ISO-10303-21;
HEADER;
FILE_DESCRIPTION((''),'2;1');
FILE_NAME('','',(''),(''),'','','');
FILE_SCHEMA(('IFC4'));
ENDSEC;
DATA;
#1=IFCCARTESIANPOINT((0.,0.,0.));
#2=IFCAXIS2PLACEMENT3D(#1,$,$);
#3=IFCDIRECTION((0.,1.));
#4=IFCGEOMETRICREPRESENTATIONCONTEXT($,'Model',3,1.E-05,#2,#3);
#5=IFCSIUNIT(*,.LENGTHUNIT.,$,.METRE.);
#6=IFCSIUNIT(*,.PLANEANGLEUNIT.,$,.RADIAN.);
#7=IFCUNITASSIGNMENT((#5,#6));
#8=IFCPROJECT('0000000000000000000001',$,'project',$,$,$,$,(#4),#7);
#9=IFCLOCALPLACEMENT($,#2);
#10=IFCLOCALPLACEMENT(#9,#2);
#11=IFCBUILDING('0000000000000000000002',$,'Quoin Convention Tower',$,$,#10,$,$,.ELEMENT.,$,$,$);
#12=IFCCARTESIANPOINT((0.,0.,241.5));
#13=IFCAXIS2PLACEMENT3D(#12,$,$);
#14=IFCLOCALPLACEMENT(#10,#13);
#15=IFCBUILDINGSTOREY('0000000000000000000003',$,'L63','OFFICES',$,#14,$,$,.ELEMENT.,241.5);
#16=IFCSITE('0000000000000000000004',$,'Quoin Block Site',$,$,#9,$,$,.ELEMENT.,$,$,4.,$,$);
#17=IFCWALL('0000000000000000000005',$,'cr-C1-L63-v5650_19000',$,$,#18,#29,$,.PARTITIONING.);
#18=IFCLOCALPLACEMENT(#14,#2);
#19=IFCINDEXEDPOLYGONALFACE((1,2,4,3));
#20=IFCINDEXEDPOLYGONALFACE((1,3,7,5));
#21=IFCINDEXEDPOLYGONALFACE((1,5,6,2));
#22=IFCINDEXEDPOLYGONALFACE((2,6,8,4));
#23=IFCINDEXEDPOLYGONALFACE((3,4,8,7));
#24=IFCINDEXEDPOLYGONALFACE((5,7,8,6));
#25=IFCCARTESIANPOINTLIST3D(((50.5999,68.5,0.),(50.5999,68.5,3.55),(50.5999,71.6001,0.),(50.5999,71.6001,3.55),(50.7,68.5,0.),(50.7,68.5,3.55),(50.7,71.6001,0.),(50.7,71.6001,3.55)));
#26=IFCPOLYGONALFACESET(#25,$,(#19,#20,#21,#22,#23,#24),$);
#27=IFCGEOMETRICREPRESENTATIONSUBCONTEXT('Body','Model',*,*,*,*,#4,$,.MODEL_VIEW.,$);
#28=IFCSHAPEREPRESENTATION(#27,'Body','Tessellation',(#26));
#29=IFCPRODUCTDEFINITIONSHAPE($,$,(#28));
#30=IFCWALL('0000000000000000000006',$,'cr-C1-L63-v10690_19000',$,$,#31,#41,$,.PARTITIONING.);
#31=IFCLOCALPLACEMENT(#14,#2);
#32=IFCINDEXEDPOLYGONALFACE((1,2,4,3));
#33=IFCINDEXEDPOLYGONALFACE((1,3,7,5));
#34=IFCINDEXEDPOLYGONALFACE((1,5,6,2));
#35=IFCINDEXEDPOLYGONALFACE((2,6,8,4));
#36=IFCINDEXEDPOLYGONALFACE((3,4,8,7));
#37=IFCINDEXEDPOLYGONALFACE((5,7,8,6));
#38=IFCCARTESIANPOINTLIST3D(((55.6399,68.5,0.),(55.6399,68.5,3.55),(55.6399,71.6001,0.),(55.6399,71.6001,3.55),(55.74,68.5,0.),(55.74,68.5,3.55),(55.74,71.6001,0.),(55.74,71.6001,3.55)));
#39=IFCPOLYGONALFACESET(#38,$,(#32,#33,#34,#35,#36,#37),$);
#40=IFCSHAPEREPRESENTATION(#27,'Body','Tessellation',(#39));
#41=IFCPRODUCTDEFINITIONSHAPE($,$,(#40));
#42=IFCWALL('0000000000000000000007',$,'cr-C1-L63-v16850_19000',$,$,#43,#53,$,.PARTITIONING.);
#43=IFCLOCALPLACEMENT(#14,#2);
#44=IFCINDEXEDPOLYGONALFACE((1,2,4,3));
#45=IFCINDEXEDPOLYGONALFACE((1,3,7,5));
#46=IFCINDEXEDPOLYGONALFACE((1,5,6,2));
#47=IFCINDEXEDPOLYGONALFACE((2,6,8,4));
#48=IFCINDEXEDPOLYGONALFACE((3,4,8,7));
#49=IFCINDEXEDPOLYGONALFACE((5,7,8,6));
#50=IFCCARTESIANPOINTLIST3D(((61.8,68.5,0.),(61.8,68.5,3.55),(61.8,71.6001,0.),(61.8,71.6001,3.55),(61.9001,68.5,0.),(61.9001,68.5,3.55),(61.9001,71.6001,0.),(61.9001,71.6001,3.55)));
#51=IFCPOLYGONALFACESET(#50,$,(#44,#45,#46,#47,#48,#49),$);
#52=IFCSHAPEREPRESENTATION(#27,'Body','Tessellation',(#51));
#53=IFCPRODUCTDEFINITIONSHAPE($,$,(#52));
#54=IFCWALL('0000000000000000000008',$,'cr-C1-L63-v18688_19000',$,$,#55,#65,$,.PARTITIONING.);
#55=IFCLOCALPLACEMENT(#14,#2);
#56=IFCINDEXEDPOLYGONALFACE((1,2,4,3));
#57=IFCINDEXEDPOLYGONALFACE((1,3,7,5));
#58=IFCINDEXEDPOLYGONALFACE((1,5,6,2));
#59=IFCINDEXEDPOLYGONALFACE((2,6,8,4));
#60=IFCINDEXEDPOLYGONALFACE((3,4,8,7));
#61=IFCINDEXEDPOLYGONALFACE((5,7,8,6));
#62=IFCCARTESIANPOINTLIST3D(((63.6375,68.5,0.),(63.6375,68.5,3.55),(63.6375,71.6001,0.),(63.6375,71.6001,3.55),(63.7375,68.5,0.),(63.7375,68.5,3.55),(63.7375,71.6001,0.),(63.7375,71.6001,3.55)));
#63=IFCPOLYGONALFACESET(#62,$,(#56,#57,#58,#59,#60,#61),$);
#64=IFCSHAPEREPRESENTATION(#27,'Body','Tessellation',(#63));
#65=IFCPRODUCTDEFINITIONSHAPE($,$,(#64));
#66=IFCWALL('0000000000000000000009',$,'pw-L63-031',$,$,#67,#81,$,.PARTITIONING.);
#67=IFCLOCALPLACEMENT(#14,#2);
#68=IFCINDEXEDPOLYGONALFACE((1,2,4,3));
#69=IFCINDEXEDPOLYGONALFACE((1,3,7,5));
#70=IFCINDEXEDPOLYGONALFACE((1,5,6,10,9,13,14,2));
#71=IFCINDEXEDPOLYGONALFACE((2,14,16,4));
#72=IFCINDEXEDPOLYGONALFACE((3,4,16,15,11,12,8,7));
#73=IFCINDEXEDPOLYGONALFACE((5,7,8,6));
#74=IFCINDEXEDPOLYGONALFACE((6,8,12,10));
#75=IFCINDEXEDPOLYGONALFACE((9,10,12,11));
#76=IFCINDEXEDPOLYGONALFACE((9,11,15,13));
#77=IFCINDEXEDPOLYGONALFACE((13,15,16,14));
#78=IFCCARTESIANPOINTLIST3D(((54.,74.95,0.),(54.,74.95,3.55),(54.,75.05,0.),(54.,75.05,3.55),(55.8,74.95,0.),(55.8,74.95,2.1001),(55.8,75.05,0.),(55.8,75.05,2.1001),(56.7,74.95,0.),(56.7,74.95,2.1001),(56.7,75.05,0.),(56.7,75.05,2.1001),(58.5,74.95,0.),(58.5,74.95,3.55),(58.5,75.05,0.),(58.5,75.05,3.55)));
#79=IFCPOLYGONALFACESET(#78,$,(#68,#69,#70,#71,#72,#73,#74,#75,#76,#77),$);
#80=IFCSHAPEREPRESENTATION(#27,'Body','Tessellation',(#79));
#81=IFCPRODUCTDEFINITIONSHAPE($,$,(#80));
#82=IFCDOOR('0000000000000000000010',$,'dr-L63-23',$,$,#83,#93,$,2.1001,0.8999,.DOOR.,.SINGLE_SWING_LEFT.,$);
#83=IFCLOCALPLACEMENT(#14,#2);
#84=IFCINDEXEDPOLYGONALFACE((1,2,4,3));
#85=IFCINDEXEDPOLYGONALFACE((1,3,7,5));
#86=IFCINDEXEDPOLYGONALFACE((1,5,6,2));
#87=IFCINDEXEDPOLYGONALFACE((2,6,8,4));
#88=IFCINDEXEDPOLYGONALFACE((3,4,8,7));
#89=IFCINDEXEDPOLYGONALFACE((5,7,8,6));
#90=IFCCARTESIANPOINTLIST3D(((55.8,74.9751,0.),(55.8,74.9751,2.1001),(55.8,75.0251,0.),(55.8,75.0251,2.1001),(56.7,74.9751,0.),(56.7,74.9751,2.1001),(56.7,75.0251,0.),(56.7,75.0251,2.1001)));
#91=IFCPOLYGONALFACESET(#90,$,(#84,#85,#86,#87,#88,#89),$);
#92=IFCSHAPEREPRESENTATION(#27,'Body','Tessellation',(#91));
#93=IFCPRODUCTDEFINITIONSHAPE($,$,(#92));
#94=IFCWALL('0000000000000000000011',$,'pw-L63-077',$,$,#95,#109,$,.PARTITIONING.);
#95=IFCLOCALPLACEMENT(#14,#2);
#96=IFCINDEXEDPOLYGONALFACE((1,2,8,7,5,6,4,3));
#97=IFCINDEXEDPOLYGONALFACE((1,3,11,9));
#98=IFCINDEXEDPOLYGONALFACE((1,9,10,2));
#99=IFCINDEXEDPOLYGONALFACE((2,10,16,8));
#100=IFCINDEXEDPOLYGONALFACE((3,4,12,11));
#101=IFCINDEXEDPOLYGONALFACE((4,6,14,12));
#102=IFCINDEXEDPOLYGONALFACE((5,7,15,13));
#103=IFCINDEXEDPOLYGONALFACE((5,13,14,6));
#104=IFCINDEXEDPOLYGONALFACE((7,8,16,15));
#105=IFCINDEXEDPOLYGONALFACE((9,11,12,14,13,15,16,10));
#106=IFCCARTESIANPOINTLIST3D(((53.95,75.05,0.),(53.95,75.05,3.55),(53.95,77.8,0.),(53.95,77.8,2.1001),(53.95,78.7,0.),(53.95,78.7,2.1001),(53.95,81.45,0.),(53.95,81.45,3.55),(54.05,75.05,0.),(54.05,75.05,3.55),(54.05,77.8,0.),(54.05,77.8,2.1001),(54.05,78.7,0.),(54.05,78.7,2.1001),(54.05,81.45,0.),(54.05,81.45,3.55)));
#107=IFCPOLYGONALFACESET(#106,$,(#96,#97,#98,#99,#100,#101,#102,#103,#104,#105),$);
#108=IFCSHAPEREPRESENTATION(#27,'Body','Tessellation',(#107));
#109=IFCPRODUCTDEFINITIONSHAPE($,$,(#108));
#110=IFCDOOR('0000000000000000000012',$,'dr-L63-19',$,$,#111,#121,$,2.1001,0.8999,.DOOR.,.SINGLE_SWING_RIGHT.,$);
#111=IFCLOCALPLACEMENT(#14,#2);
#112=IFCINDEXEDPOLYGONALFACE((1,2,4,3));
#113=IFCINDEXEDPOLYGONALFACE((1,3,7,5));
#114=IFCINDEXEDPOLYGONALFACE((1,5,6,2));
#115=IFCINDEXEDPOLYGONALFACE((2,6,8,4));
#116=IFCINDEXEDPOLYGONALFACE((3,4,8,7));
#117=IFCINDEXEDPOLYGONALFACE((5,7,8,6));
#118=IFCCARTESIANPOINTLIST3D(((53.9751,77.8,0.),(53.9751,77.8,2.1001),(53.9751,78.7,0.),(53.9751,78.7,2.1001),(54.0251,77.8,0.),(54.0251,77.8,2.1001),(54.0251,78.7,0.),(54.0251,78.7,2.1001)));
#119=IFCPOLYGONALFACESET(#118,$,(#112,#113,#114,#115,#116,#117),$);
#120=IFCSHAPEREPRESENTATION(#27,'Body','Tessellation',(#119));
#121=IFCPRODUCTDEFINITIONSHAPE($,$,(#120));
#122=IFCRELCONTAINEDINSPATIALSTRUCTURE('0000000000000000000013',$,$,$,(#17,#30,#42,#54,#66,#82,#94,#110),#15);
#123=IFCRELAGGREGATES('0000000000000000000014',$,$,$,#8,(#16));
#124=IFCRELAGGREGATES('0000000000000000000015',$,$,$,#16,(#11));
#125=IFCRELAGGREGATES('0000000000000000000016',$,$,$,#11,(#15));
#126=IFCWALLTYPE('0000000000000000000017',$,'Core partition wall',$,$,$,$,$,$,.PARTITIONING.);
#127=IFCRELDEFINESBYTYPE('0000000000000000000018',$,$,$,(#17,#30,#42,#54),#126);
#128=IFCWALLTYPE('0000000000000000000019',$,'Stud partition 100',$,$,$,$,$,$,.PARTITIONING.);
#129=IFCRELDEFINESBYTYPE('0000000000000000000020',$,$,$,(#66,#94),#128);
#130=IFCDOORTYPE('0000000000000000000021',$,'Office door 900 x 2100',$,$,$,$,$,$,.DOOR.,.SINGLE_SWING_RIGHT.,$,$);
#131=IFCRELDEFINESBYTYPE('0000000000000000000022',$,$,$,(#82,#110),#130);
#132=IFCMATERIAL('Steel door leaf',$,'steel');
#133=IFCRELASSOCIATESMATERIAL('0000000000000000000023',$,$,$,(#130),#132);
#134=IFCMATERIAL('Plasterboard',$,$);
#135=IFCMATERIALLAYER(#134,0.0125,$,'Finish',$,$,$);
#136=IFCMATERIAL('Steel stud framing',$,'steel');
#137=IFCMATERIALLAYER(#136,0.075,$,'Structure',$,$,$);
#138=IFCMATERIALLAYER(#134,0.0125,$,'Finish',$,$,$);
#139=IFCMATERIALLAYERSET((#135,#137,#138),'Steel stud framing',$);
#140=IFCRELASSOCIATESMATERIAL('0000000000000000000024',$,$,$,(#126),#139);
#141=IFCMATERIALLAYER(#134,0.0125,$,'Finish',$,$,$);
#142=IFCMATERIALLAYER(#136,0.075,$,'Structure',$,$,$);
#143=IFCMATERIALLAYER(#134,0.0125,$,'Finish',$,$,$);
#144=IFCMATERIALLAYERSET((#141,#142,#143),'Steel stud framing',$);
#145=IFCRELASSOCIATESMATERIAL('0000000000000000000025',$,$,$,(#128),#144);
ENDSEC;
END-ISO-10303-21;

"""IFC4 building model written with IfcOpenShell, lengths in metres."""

from ifc_helpers import new_model, si_unit, direction, frame, frame_2d, origin, place, context, subcontext, project, spatial, rectangle, extrude, material, layer, layer_set, type_object, element, fill, save


model = new_model("IFC4")

# Units and contexts
model_context = context("Model", 3, precision=1e-05, world=origin(), true_north=direction((0.0, 1.0)))
body_context = subcontext(model_context, "Body", "Model", "MODEL_VIEW")
ifc_project = project(units=[si_unit("LENGTHUNIT", "METRE"), si_unit("PLANEANGLEUNIT", "RADIAN")], contexts=[model_context])

# Site, building, storey
site_placement = place(None, origin())
site = spatial("IfcSite", under=ifc_project, at=site_placement, Name="Quoin Block Site", CompositionType="ELEMENT", RefElevation=4.0)
building_placement = place(site_placement, origin())
building = spatial("IfcBuilding", under=site, at=building_placement, Name="Quoin Convention Tower", CompositionType="ELEMENT")
storey_placement = place(building_placement, frame((0.0, 0.0, 241.5)))
storey = spatial("IfcBuildingStorey", under=building, at=storey_placement, Name="L63", Description="OFFICES", CompositionType="ELEMENT", Elevation=241.5)

# Shared definitions
ifc_material_1 = material(Name="Plasterboard")
ifc_material_2 = material(Name="Steel stud framing", Category="steel")

# Shared definitions
ifc_material_3 = material(Name="Steel door leaf", Category="steel")
door_type = type_object("IfcDoorType", Name="Office door 900 x 2100", OperationType="SINGLE_SWING_RIGHT", PredefinedType="DOOR", material=ifc_material_3)

# Walls
ifc_layer_1 = layer(ifc_material_1, 0.0125, Name="Finish")
ifc_layer_2 = layer(ifc_material_2, 0.075, Name="Structure")
ifc_layer_3 = layer(ifc_material_1, 0.0125, Name="Finish")
ifc_layer_set_1 = layer_set([ifc_layer_1, ifc_layer_2, ifc_layer_3], Name="Steel stud framing")
wall_type_1 = type_object("IfcWallType", Name="Core partition wall", PredefinedType="PARTITIONING", material=ifc_layer_set_1)
for number, where, z_axis, x_axis, name in (
    (1, (50.6499, 68.5, 0.0), (0.0, 0.0, 1.0), (0.0, 1.0, 0.0), "cr-C1-L63-v5650_19000"),
    (2, (55.6899, 68.5, 0.0), (0.0, 0.0, 1.0), (0.0, 1.0, 0.0), "cr-C1-L63-v10690_19000"),
    (3, (61.8501, 68.5, 0.0), (0.0, 0.0, 1.0), (0.0, 1.0, 0.0), "cr-C1-L63-v16850_19000"),
    (4, (63.6875, 68.5, 0.0), (0.0, 0.0, 1.0), (0.0, 1.0, 0.0), "cr-C1-L63-v18688_19000"),
):
    element("IfcWall", number, at=place(storey_placement, frame(where, z_axis=z_axis, x_axis=x_axis)), inside=storey, type_object=wall_type_1, Name=name, PredefinedType="PARTITIONING", context=body_context, shape_type="SweptSolid", body=[
        extrude(rectangle(XDim=3.1001, YDim=0.1001, at=frame_2d((1.55, 0.0))), origin(), (0.0, 0.0, 1.0), 3.55),
    ])

# Walls, openings, doors
ifc_layer_4 = layer(ifc_material_1, 0.0125, Name="Finish")
ifc_layer_5 = layer(ifc_material_2, 0.075, Name="Structure")
ifc_layer_6 = layer(ifc_material_1, 0.0125, Name="Finish")
ifc_layer_set_2 = layer_set([ifc_layer_4, ifc_layer_5, ifc_layer_6], Name="Steel stud framing")
wall_type_2 = type_object("IfcWallType", Name="Stud partition 100", PredefinedType="PARTITIONING", material=ifc_layer_set_2)
wall_1_placement = place(storey_placement, frame((54.0, 75.0, 0.0), z_axis=(0.0, 0.0, 1.0), x_axis=(1.0, 0.0, 0.0)))
wall_1 = element("IfcWall", 5, at=wall_1_placement, inside=storey, type_object=wall_type_2, Name="pw-L63-031", PredefinedType="PARTITIONING", context=body_context, shape_type="SweptSolid", body=[
    extrude(rectangle(XDim=4.5, YDim=0.1001, at=frame_2d((2.25, 0.0))), origin(), (0.0, 0.0, 1.0), 3.55),
])
opening_1_placement = place(wall_1_placement, frame((1.8, 0.0, 0.0)))
opening_1 = element("IfcOpeningElement", 6, at=opening_1_placement, cuts=wall_1, PredefinedType="OPENING", context=body_context, shape_type="SweptSolid", body=[
    extrude(rectangle(XDim=0.8999, YDim=2.1001, at=frame_2d((0.45, 1.05))), frame((0.0, 0.0601, 0.0), z_axis=(0.0, -1.0, 0.0), x_axis=(1.0, 0.0, 0.0)), (0.0, 0.0, 1.0), 0.1201),
])
door_1_placement = place(opening_1_placement, frame((0.8999, 0.0, 0.0), z_axis=(0.0, 0.0, 1.0), x_axis=(-1.0, 0.0, 0.0)))
door_1 = element("IfcDoor", 7, at=door_1_placement, inside=storey, type_object=door_type, Name="dr-L63-23", OperationType="SINGLE_SWING_LEFT", OverallHeight=2.1001, OverallWidth=0.8999, PredefinedType="DOOR", context=body_context, shape_type="SweptSolid", body=[
    extrude(rectangle(XDim=0.8999, YDim=2.1001, at=frame_2d((0.45, 1.05))), frame((0.0, 0.0249, 0.0), z_axis=(0.0, -1.0, 0.0), x_axis=(1.0, 0.0, 0.0)), (0.0, 0.0, 1.0), 0.05),
])
fill(opening_1, door_1)
wall_2_placement = place(storey_placement, frame((54.0, 75.05, 0.0), z_axis=(0.0, 0.0, 1.0), x_axis=(0.0, 1.0, 0.0)))
wall_2 = element("IfcWall", 8, at=wall_2_placement, inside=storey, type_object=wall_type_2, Name="pw-L63-077", PredefinedType="PARTITIONING", context=body_context, shape_type="SweptSolid", body=[
    extrude(rectangle(XDim=6.3999, YDim=0.1001, at=frame_2d((3.2, 0.0))), origin(), (0.0, 0.0, 1.0), 3.55),
])
opening_2_placement = place(wall_2_placement, frame((2.75, 0.0, 0.0)))
opening_2 = element("IfcOpeningElement", 9, at=opening_2_placement, cuts=wall_2, PredefinedType="OPENING", context=body_context, shape_type="SweptSolid", body=[
    extrude(rectangle(XDim=0.8999, YDim=2.1001, at=frame_2d((0.45, 1.05))), frame((0.0, 0.0601, 0.0), z_axis=(0.0, -1.0, 0.0), x_axis=(1.0, 0.0, 0.0)), (0.0, 0.0, 1.0), 0.1201),
])
door_2_placement = place(opening_2_placement, origin())
door_2 = element("IfcDoor", 10, at=door_2_placement, inside=storey, type_object=door_type, Name="dr-L63-19", OperationType="SINGLE_SWING_RIGHT", OverallHeight=2.1001, OverallWidth=0.8999, PredefinedType="DOOR", context=body_context, shape_type="SweptSolid", body=[
    extrude(rectangle(XDim=0.8999, YDim=2.1001, at=frame_2d((0.45, 1.05))), frame((0.0, 0.0249, 0.0), z_axis=(0.0, -1.0, 0.0), x_axis=(1.0, 0.0, 0.0)), (0.0, 0.0, 1.0), 0.05),
])
fill(opening_2, door_2)

save(model, "model.ifc")
